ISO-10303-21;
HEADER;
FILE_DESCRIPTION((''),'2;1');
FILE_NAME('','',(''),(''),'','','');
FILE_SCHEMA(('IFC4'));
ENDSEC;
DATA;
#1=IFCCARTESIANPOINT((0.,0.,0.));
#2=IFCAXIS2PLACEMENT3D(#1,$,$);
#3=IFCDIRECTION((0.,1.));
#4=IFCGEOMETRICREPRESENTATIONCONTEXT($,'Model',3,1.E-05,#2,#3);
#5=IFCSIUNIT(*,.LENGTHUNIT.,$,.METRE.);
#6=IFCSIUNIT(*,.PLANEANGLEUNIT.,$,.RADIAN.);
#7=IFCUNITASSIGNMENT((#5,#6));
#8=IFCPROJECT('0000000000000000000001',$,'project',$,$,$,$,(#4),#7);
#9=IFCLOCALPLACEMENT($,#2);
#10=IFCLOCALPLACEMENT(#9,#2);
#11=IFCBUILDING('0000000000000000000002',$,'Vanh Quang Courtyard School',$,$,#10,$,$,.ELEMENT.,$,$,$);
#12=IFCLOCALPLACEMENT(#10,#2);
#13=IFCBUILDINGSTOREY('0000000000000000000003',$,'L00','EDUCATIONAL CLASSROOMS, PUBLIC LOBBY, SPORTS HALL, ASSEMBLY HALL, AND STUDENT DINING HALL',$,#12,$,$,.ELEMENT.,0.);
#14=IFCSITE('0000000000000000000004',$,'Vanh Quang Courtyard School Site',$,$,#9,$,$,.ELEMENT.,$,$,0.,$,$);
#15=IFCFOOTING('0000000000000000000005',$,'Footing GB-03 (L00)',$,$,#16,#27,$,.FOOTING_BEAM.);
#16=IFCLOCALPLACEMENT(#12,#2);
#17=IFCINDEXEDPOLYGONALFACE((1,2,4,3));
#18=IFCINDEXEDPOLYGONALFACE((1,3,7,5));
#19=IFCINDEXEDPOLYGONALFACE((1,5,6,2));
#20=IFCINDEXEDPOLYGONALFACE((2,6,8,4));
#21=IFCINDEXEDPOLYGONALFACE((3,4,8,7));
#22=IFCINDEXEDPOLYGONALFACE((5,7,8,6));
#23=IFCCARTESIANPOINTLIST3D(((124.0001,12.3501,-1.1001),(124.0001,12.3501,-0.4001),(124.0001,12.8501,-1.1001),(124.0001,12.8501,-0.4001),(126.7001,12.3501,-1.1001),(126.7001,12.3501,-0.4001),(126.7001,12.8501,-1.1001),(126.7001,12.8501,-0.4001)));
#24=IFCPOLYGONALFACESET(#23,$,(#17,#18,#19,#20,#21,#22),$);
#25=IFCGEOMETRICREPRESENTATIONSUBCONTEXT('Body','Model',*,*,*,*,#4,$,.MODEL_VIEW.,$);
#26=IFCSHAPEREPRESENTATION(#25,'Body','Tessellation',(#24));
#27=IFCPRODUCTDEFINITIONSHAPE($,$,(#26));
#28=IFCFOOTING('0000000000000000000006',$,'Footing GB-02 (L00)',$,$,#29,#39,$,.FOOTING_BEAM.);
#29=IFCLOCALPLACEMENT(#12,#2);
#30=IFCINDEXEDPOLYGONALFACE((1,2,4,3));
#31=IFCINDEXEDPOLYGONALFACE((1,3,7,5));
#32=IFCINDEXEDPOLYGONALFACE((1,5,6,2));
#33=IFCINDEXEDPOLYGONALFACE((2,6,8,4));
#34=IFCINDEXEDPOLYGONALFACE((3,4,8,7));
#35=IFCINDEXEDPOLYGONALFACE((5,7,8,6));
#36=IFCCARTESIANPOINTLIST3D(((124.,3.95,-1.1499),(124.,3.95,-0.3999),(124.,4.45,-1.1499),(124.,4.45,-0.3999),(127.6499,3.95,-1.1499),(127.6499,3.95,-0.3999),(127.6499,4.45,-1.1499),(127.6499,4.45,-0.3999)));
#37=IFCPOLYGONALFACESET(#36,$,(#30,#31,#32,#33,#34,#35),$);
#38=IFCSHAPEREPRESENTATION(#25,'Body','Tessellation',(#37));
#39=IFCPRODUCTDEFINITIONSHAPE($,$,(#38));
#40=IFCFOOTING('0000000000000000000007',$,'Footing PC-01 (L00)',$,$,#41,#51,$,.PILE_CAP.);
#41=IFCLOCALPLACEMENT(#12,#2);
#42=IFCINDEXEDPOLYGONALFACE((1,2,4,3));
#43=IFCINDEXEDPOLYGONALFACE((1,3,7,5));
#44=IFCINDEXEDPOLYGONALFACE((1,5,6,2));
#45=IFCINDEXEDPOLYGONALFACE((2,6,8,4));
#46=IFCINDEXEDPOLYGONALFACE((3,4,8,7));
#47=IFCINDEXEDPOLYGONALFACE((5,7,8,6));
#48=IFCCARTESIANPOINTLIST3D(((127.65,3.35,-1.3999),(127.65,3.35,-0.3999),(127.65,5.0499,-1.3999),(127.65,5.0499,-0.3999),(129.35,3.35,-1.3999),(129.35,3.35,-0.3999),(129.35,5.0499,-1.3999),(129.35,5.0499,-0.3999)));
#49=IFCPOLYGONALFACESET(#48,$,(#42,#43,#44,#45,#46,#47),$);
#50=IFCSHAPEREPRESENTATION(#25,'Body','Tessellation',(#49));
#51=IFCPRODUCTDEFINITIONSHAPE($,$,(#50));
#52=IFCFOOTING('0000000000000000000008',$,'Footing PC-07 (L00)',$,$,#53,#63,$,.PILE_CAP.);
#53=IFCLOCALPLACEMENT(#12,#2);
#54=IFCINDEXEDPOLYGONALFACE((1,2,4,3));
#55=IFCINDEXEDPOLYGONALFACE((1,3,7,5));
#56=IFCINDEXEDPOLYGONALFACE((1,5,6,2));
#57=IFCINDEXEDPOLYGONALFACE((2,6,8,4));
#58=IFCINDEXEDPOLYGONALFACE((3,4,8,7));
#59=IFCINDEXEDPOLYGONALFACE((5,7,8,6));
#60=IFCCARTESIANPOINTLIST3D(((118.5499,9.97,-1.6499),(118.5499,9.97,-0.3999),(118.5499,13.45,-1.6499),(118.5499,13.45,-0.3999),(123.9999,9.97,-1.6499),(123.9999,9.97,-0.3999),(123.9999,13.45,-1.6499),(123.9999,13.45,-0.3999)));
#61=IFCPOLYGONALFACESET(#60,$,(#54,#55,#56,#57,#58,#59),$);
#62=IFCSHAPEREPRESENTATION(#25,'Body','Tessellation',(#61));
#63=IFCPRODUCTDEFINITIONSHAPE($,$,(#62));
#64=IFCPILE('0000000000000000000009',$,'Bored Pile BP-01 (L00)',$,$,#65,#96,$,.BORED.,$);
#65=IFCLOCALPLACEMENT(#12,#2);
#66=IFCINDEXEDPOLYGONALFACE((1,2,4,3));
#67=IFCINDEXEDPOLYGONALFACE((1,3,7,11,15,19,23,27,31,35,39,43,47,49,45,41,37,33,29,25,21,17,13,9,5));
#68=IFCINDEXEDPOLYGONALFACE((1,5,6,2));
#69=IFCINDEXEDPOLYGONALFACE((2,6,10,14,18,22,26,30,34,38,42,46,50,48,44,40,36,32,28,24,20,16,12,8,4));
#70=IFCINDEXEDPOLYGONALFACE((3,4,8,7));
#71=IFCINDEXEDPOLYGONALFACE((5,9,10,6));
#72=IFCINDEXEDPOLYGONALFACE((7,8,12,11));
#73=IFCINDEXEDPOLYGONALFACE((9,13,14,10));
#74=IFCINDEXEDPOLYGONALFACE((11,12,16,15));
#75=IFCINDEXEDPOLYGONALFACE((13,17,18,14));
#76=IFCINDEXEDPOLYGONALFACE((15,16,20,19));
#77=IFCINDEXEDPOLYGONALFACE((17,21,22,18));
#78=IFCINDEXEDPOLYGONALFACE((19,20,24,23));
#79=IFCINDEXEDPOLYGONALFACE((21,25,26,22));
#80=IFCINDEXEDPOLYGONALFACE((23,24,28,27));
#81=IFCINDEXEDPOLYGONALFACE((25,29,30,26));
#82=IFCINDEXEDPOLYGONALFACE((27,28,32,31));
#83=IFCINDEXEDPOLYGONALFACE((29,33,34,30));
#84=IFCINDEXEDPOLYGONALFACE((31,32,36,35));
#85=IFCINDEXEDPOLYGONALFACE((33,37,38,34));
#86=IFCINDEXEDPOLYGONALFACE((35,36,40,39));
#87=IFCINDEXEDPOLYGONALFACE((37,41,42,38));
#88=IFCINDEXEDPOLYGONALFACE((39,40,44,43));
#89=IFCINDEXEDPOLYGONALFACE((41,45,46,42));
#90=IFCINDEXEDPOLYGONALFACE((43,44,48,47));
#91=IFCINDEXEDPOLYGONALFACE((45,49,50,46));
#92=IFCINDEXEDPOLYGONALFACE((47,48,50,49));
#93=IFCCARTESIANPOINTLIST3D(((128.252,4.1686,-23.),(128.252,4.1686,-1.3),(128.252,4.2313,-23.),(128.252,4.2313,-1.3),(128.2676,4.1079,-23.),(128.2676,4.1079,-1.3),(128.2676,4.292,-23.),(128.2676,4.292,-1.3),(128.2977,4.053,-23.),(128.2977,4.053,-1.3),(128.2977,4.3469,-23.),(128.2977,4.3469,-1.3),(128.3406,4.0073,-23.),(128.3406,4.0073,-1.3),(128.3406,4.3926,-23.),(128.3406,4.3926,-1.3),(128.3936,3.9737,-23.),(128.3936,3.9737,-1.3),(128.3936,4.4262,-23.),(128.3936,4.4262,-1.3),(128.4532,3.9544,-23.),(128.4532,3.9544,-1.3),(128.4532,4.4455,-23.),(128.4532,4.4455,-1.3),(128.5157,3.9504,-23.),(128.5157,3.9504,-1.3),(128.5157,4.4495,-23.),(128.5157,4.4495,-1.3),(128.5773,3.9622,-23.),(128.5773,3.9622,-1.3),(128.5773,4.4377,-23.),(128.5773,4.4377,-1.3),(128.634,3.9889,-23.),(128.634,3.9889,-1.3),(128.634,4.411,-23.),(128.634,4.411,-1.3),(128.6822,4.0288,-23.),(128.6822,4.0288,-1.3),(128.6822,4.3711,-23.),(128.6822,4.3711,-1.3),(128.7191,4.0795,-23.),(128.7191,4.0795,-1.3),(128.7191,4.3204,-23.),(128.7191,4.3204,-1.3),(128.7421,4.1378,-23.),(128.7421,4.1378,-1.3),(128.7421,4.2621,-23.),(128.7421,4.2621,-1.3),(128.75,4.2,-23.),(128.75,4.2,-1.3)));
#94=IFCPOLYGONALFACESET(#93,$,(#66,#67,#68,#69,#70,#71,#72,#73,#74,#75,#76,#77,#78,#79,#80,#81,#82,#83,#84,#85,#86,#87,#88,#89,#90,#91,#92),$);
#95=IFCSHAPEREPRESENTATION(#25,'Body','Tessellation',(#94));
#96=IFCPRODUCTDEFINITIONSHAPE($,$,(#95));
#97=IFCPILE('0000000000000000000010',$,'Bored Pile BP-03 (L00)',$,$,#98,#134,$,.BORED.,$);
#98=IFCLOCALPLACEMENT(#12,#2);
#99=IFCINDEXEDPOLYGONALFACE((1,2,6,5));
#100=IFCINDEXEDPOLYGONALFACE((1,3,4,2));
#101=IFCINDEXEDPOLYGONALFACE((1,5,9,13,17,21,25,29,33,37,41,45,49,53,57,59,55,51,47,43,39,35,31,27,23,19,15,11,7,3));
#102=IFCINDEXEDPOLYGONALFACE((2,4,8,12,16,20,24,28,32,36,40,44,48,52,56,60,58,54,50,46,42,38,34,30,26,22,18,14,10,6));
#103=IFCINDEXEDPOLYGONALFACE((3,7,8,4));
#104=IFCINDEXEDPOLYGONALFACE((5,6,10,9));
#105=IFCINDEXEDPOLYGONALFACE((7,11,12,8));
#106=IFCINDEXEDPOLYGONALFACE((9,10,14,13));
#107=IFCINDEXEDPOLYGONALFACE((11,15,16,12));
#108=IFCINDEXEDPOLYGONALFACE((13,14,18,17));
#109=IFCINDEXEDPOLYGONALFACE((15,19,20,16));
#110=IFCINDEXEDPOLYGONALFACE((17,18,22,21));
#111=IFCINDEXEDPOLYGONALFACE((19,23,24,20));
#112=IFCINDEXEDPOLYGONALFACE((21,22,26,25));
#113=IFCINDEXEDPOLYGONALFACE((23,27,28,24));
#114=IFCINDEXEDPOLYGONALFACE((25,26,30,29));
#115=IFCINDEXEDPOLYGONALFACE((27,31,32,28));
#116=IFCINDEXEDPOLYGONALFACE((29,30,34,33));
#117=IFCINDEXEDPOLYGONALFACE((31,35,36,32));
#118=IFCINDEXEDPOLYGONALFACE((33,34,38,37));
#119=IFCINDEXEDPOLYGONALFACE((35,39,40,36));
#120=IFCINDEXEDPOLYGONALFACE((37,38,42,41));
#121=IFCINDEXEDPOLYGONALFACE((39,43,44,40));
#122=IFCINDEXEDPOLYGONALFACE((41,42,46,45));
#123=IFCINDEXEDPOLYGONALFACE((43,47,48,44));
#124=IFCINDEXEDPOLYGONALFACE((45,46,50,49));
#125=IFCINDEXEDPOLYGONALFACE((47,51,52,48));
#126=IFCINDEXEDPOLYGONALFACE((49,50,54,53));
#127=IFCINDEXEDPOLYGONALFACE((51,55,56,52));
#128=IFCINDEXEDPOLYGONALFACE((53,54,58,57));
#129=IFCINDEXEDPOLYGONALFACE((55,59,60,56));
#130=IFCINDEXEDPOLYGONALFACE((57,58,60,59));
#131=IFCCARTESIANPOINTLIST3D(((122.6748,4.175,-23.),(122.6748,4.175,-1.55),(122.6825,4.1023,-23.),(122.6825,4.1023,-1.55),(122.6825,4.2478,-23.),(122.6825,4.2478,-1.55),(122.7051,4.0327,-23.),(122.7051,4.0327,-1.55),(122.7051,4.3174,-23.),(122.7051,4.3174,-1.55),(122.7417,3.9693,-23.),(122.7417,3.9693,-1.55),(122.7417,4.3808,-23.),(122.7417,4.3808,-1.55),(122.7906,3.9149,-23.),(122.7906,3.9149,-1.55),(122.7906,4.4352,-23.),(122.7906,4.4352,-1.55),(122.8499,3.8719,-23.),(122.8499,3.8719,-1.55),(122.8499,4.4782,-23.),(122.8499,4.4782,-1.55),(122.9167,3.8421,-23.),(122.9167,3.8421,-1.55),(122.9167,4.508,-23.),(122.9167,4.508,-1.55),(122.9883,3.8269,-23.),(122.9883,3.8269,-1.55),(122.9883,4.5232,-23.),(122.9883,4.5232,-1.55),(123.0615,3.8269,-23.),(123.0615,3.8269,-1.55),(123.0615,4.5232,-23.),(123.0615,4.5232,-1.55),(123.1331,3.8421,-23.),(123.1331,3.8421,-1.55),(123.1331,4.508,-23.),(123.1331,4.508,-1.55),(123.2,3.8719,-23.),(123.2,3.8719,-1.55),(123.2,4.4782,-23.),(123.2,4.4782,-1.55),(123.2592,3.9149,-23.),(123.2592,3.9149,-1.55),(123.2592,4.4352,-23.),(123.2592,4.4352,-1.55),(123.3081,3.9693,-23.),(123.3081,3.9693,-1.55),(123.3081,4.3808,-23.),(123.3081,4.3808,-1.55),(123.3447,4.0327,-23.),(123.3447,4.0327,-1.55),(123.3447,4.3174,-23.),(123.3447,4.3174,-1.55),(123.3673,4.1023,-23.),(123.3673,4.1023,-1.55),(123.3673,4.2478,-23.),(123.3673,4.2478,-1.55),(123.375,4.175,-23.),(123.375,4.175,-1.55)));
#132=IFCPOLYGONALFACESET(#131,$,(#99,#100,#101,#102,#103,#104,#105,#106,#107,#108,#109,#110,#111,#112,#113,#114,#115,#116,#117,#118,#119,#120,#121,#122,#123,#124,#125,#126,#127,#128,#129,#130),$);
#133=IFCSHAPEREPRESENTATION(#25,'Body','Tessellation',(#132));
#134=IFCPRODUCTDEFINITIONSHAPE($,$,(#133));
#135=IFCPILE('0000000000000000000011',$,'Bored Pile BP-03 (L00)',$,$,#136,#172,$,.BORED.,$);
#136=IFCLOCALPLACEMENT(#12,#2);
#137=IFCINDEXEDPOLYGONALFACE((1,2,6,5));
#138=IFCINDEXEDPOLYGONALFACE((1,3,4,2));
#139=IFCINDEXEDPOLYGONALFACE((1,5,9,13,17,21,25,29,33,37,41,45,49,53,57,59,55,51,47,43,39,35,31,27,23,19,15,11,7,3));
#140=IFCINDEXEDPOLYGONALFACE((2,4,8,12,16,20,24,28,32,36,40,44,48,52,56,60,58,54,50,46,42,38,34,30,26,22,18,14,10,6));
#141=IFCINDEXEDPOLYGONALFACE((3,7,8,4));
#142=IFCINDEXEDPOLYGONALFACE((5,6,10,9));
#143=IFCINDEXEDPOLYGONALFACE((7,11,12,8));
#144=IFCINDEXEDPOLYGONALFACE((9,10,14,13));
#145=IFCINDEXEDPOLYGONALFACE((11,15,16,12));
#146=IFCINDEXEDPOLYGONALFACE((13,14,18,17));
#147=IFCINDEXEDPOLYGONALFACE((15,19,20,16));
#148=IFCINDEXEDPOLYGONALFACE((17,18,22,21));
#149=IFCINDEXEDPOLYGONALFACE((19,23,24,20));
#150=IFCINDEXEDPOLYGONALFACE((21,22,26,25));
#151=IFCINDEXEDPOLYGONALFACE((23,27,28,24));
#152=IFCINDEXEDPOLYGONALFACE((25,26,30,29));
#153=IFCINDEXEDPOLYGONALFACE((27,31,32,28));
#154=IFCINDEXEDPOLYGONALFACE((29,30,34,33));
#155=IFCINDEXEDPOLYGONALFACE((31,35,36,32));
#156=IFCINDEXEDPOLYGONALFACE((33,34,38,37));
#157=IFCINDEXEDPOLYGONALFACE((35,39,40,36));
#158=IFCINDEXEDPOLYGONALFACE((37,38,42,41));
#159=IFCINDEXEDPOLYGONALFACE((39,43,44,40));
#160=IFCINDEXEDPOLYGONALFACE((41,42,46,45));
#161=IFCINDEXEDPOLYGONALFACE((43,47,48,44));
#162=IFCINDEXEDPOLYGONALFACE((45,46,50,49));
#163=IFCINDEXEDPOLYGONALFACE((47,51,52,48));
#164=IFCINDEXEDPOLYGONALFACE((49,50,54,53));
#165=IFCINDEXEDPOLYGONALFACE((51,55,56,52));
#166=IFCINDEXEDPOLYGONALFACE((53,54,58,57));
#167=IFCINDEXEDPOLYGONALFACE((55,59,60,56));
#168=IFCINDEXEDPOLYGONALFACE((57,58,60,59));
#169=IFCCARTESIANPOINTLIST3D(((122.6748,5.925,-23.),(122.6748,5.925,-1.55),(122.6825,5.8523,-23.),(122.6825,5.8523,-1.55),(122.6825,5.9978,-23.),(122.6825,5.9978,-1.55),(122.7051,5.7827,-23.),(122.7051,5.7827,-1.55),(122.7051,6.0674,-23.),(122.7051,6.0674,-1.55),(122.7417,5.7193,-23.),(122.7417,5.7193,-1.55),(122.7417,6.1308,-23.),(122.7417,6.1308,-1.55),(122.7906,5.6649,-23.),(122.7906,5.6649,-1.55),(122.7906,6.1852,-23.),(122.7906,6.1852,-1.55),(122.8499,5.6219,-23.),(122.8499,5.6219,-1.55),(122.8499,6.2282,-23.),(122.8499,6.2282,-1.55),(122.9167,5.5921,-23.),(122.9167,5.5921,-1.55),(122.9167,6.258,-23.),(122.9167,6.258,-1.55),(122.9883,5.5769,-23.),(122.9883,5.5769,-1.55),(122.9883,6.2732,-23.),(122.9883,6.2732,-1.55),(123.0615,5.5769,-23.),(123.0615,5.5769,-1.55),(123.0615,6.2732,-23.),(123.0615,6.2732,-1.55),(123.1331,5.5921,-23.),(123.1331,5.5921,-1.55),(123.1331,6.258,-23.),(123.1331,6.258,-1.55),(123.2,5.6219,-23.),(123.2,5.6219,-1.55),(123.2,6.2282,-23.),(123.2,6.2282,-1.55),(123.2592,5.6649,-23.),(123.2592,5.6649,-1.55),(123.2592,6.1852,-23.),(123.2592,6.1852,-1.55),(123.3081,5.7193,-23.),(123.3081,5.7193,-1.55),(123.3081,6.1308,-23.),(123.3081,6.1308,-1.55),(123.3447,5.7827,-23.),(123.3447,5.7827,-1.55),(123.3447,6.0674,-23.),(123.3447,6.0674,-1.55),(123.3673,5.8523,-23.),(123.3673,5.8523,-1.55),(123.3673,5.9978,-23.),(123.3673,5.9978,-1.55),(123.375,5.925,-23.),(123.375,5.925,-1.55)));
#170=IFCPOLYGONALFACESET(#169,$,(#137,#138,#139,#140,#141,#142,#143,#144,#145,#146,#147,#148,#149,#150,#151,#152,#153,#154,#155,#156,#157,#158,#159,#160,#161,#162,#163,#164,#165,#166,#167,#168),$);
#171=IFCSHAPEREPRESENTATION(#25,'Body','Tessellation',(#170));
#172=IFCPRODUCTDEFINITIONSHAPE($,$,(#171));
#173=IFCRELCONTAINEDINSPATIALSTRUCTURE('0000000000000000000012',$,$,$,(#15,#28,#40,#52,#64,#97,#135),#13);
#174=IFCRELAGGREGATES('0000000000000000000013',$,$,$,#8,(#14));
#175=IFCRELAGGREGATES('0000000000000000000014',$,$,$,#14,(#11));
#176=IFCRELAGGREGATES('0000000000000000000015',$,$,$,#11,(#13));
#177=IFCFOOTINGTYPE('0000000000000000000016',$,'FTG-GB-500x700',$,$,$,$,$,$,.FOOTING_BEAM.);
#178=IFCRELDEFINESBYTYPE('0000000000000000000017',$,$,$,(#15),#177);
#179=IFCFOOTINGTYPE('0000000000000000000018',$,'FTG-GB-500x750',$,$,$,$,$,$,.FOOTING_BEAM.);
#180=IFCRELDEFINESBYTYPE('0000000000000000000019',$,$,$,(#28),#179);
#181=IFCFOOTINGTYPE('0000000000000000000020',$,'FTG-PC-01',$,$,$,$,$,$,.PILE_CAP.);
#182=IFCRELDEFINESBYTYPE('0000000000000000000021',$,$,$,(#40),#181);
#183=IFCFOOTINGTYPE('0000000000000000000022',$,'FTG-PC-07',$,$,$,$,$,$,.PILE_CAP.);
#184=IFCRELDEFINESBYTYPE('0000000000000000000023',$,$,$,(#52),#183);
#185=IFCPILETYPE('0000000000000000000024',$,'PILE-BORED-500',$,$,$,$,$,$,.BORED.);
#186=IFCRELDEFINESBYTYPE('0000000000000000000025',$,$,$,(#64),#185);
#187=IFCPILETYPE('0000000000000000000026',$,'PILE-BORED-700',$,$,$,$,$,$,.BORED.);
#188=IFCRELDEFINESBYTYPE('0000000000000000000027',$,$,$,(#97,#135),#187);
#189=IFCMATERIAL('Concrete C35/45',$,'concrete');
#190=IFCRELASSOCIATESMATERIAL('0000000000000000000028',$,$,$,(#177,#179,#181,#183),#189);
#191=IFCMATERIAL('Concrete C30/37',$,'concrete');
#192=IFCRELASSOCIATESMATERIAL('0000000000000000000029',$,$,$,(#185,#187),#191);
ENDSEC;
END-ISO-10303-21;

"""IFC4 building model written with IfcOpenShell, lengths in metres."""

from ifc_helpers import new_model, si_unit, direction, frame, origin, origin_2d, place, context, subcontext, project, spatial, rectangle, circle, extrude, material, material_profile, profile_set, type_object, element, save


model = new_model("IFC4")

# Units and contexts
model_context = context("Model", 3, precision=1e-05, world=origin(), true_north=direction((0.0, 1.0)))
body_context = subcontext(model_context, "Body", "Model", "MODEL_VIEW")
ifc_project = project(units=[si_unit("LENGTHUNIT", "METRE"), si_unit("PLANEANGLEUNIT", "RADIAN")], contexts=[model_context])

# Site, building, storey
site_placement = place(None, origin())
site = spatial("IfcSite", under=ifc_project, at=site_placement, Name="Vanh Quang Courtyard School Site", CompositionType="ELEMENT", RefElevation=0.0)
building_placement = place(site_placement, origin())
building = spatial("IfcBuilding", under=site, at=building_placement, Name="Vanh Quang Courtyard School", CompositionType="ELEMENT")
storey_placement = place(building_placement, origin())
storey = spatial("IfcBuildingStorey", under=building, at=storey_placement, Name="L00", Description="EDUCATIONAL CLASSROOMS, PUBLIC LOBBY, SPORTS HALL, ASSEMBLY HALL, AND STUDENT DINING HALL", CompositionType="ELEMENT", Elevation=0.0)

# Footings
ifc_material_1 = material(Name="Concrete C35/45", Category="concrete")
footing_type_1 = type_object("IfcFootingType", Name="FTG-GB-500x700", PredefinedType="FOOTING_BEAM", material=ifc_material_1)
footing_1_placement = place(storey_placement, frame((125.3501, 12.6001, -1.1001), z_axis=(0.0, 0.0, 1.0), x_axis=(1.0, 0.0, 0.0)))
element("IfcFooting", 1, at=footing_1_placement, inside=storey, type_object=footing_type_1, Name="Footing GB-03 (L00)", PredefinedType="FOOTING_BEAM", context=body_context, shape_type="SweptSolid", body=[
    extrude(rectangle(XDim=2.7, YDim=0.5, at=origin_2d()), origin(), (0.0, 0.0, 1.0), 0.7),
])
footing_type_2 = type_object("IfcFootingType", Name="FTG-GB-500x750", PredefinedType="FOOTING_BEAM", material=ifc_material_1)
footing_2_placement = place(storey_placement, frame((125.825, 4.2, -1.1499), z_axis=(0.0, 0.0, 1.0), x_axis=(1.0, 0.0, 0.0)))
element("IfcFooting", 2, at=footing_2_placement, inside=storey, type_object=footing_type_2, Name="Footing GB-02 (L00)", PredefinedType="FOOTING_BEAM", context=body_context, shape_type="SweptSolid", body=[
    extrude(rectangle(XDim=3.6499, YDim=0.5, at=origin_2d()), origin(), (0.0, 0.0, 1.0), 0.75),
])
footing_type_3 = type_object("IfcFootingType", Name="FTG-PC-01", PredefinedType="PILE_CAP", material=ifc_material_1)
footing_3_placement = place(storey_placement, frame((128.5, 4.2, -1.3999), z_axis=(0.0, 0.0, 1.0), x_axis=(1.0, 0.0, 0.0)))
element("IfcFooting", 3, at=footing_3_placement, inside=storey, type_object=footing_type_3, Name="Footing PC-01 (L00)", PredefinedType="PILE_CAP", context=body_context, shape_type="SweptSolid", body=[
    extrude(rectangle(XDim=1.7, YDim=1.7, at=origin_2d()), origin(), (0.0, 0.0, 1.0), 1.0),
])
footing_type_4 = type_object("IfcFootingType", Name="FTG-PC-07", PredefinedType="PILE_CAP", material=ifc_material_1)
footing_4_placement = place(storey_placement, frame((121.2749, 11.71, -1.6499), z_axis=(0.0, 0.0, 1.0), x_axis=(1.0, 0.0, 0.0)))
element("IfcFooting", 4, at=footing_4_placement, inside=storey, type_object=footing_type_4, Name="Footing PC-07 (L00)", PredefinedType="PILE_CAP", context=body_context, shape_type="SweptSolid", body=[
    extrude(rectangle(XDim=5.45, YDim=3.48, at=origin_2d()), origin(), (0.0, 0.0, 1.0), 1.25),
])

# Piles
ifc_material_2 = material(Name="Concrete C30/37", Category="concrete")
ifc_material_profile_1 = material_profile(ifc_material_2, circle(Radius=0.25, at=origin_2d()), Name="PILE D500")
ifc_profile_set_1 = profile_set([ifc_material_profile_1], Name="Concrete C30/37")
pile_type_1 = type_object("IfcPileType", Name="PILE-BORED-500", PredefinedType="BORED", material=ifc_profile_set_1)
pile_placement = place(storey_placement, frame((128.5, 4.2, -1.3), z_axis=(0.0, 0.0, -1.0), x_axis=(1.0, 0.0, 0.0)))
element("IfcPile", 5, at=pile_placement, inside=storey, type_object=pile_type_1, Name="Bored Pile BP-01 (L00)", PredefinedType="BORED", context=body_context, shape_type="SweptSolid", body=[
    extrude(circle(Radius=0.25, at=origin_2d()), origin(), (0.0, 0.0, 1.0), 21.7),
])
ifc_material_profile_2 = material_profile(ifc_material_2, circle(Radius=0.3501, at=origin_2d()), Name="PILE D700")
ifc_profile_set_2 = profile_set([ifc_material_profile_2], Name="Concrete C30/37")
pile_type_2 = type_object("IfcPileType", Name="PILE-BORED-700", PredefinedType="BORED", material=ifc_profile_set_2)
for number, where, z_axis, x_axis, name in (
    (6, (123.0249, 4.175, -1.55), (0.0, 0.0, -1.0), (1.0, 0.0, 0.0), "Bored Pile BP-03 (L00)"),
    (7, (123.0249, 5.925, -1.55), (0.0, 0.0, -1.0), (1.0, 0.0, 0.0), "Bored Pile BP-03 (L00)"),
):
    element("IfcPile", number, at=place(storey_placement, frame(where, z_axis=z_axis, x_axis=x_axis)), inside=storey, type_object=pile_type_2, Name=name, PredefinedType="BORED", context=body_context, shape_type="SweptSolid", body=[
        extrude(circle(Radius=0.3501, at=origin_2d()), origin(), (0.0, 0.0, 1.0), 21.45),
    ])

save(model, "model.ifc")
